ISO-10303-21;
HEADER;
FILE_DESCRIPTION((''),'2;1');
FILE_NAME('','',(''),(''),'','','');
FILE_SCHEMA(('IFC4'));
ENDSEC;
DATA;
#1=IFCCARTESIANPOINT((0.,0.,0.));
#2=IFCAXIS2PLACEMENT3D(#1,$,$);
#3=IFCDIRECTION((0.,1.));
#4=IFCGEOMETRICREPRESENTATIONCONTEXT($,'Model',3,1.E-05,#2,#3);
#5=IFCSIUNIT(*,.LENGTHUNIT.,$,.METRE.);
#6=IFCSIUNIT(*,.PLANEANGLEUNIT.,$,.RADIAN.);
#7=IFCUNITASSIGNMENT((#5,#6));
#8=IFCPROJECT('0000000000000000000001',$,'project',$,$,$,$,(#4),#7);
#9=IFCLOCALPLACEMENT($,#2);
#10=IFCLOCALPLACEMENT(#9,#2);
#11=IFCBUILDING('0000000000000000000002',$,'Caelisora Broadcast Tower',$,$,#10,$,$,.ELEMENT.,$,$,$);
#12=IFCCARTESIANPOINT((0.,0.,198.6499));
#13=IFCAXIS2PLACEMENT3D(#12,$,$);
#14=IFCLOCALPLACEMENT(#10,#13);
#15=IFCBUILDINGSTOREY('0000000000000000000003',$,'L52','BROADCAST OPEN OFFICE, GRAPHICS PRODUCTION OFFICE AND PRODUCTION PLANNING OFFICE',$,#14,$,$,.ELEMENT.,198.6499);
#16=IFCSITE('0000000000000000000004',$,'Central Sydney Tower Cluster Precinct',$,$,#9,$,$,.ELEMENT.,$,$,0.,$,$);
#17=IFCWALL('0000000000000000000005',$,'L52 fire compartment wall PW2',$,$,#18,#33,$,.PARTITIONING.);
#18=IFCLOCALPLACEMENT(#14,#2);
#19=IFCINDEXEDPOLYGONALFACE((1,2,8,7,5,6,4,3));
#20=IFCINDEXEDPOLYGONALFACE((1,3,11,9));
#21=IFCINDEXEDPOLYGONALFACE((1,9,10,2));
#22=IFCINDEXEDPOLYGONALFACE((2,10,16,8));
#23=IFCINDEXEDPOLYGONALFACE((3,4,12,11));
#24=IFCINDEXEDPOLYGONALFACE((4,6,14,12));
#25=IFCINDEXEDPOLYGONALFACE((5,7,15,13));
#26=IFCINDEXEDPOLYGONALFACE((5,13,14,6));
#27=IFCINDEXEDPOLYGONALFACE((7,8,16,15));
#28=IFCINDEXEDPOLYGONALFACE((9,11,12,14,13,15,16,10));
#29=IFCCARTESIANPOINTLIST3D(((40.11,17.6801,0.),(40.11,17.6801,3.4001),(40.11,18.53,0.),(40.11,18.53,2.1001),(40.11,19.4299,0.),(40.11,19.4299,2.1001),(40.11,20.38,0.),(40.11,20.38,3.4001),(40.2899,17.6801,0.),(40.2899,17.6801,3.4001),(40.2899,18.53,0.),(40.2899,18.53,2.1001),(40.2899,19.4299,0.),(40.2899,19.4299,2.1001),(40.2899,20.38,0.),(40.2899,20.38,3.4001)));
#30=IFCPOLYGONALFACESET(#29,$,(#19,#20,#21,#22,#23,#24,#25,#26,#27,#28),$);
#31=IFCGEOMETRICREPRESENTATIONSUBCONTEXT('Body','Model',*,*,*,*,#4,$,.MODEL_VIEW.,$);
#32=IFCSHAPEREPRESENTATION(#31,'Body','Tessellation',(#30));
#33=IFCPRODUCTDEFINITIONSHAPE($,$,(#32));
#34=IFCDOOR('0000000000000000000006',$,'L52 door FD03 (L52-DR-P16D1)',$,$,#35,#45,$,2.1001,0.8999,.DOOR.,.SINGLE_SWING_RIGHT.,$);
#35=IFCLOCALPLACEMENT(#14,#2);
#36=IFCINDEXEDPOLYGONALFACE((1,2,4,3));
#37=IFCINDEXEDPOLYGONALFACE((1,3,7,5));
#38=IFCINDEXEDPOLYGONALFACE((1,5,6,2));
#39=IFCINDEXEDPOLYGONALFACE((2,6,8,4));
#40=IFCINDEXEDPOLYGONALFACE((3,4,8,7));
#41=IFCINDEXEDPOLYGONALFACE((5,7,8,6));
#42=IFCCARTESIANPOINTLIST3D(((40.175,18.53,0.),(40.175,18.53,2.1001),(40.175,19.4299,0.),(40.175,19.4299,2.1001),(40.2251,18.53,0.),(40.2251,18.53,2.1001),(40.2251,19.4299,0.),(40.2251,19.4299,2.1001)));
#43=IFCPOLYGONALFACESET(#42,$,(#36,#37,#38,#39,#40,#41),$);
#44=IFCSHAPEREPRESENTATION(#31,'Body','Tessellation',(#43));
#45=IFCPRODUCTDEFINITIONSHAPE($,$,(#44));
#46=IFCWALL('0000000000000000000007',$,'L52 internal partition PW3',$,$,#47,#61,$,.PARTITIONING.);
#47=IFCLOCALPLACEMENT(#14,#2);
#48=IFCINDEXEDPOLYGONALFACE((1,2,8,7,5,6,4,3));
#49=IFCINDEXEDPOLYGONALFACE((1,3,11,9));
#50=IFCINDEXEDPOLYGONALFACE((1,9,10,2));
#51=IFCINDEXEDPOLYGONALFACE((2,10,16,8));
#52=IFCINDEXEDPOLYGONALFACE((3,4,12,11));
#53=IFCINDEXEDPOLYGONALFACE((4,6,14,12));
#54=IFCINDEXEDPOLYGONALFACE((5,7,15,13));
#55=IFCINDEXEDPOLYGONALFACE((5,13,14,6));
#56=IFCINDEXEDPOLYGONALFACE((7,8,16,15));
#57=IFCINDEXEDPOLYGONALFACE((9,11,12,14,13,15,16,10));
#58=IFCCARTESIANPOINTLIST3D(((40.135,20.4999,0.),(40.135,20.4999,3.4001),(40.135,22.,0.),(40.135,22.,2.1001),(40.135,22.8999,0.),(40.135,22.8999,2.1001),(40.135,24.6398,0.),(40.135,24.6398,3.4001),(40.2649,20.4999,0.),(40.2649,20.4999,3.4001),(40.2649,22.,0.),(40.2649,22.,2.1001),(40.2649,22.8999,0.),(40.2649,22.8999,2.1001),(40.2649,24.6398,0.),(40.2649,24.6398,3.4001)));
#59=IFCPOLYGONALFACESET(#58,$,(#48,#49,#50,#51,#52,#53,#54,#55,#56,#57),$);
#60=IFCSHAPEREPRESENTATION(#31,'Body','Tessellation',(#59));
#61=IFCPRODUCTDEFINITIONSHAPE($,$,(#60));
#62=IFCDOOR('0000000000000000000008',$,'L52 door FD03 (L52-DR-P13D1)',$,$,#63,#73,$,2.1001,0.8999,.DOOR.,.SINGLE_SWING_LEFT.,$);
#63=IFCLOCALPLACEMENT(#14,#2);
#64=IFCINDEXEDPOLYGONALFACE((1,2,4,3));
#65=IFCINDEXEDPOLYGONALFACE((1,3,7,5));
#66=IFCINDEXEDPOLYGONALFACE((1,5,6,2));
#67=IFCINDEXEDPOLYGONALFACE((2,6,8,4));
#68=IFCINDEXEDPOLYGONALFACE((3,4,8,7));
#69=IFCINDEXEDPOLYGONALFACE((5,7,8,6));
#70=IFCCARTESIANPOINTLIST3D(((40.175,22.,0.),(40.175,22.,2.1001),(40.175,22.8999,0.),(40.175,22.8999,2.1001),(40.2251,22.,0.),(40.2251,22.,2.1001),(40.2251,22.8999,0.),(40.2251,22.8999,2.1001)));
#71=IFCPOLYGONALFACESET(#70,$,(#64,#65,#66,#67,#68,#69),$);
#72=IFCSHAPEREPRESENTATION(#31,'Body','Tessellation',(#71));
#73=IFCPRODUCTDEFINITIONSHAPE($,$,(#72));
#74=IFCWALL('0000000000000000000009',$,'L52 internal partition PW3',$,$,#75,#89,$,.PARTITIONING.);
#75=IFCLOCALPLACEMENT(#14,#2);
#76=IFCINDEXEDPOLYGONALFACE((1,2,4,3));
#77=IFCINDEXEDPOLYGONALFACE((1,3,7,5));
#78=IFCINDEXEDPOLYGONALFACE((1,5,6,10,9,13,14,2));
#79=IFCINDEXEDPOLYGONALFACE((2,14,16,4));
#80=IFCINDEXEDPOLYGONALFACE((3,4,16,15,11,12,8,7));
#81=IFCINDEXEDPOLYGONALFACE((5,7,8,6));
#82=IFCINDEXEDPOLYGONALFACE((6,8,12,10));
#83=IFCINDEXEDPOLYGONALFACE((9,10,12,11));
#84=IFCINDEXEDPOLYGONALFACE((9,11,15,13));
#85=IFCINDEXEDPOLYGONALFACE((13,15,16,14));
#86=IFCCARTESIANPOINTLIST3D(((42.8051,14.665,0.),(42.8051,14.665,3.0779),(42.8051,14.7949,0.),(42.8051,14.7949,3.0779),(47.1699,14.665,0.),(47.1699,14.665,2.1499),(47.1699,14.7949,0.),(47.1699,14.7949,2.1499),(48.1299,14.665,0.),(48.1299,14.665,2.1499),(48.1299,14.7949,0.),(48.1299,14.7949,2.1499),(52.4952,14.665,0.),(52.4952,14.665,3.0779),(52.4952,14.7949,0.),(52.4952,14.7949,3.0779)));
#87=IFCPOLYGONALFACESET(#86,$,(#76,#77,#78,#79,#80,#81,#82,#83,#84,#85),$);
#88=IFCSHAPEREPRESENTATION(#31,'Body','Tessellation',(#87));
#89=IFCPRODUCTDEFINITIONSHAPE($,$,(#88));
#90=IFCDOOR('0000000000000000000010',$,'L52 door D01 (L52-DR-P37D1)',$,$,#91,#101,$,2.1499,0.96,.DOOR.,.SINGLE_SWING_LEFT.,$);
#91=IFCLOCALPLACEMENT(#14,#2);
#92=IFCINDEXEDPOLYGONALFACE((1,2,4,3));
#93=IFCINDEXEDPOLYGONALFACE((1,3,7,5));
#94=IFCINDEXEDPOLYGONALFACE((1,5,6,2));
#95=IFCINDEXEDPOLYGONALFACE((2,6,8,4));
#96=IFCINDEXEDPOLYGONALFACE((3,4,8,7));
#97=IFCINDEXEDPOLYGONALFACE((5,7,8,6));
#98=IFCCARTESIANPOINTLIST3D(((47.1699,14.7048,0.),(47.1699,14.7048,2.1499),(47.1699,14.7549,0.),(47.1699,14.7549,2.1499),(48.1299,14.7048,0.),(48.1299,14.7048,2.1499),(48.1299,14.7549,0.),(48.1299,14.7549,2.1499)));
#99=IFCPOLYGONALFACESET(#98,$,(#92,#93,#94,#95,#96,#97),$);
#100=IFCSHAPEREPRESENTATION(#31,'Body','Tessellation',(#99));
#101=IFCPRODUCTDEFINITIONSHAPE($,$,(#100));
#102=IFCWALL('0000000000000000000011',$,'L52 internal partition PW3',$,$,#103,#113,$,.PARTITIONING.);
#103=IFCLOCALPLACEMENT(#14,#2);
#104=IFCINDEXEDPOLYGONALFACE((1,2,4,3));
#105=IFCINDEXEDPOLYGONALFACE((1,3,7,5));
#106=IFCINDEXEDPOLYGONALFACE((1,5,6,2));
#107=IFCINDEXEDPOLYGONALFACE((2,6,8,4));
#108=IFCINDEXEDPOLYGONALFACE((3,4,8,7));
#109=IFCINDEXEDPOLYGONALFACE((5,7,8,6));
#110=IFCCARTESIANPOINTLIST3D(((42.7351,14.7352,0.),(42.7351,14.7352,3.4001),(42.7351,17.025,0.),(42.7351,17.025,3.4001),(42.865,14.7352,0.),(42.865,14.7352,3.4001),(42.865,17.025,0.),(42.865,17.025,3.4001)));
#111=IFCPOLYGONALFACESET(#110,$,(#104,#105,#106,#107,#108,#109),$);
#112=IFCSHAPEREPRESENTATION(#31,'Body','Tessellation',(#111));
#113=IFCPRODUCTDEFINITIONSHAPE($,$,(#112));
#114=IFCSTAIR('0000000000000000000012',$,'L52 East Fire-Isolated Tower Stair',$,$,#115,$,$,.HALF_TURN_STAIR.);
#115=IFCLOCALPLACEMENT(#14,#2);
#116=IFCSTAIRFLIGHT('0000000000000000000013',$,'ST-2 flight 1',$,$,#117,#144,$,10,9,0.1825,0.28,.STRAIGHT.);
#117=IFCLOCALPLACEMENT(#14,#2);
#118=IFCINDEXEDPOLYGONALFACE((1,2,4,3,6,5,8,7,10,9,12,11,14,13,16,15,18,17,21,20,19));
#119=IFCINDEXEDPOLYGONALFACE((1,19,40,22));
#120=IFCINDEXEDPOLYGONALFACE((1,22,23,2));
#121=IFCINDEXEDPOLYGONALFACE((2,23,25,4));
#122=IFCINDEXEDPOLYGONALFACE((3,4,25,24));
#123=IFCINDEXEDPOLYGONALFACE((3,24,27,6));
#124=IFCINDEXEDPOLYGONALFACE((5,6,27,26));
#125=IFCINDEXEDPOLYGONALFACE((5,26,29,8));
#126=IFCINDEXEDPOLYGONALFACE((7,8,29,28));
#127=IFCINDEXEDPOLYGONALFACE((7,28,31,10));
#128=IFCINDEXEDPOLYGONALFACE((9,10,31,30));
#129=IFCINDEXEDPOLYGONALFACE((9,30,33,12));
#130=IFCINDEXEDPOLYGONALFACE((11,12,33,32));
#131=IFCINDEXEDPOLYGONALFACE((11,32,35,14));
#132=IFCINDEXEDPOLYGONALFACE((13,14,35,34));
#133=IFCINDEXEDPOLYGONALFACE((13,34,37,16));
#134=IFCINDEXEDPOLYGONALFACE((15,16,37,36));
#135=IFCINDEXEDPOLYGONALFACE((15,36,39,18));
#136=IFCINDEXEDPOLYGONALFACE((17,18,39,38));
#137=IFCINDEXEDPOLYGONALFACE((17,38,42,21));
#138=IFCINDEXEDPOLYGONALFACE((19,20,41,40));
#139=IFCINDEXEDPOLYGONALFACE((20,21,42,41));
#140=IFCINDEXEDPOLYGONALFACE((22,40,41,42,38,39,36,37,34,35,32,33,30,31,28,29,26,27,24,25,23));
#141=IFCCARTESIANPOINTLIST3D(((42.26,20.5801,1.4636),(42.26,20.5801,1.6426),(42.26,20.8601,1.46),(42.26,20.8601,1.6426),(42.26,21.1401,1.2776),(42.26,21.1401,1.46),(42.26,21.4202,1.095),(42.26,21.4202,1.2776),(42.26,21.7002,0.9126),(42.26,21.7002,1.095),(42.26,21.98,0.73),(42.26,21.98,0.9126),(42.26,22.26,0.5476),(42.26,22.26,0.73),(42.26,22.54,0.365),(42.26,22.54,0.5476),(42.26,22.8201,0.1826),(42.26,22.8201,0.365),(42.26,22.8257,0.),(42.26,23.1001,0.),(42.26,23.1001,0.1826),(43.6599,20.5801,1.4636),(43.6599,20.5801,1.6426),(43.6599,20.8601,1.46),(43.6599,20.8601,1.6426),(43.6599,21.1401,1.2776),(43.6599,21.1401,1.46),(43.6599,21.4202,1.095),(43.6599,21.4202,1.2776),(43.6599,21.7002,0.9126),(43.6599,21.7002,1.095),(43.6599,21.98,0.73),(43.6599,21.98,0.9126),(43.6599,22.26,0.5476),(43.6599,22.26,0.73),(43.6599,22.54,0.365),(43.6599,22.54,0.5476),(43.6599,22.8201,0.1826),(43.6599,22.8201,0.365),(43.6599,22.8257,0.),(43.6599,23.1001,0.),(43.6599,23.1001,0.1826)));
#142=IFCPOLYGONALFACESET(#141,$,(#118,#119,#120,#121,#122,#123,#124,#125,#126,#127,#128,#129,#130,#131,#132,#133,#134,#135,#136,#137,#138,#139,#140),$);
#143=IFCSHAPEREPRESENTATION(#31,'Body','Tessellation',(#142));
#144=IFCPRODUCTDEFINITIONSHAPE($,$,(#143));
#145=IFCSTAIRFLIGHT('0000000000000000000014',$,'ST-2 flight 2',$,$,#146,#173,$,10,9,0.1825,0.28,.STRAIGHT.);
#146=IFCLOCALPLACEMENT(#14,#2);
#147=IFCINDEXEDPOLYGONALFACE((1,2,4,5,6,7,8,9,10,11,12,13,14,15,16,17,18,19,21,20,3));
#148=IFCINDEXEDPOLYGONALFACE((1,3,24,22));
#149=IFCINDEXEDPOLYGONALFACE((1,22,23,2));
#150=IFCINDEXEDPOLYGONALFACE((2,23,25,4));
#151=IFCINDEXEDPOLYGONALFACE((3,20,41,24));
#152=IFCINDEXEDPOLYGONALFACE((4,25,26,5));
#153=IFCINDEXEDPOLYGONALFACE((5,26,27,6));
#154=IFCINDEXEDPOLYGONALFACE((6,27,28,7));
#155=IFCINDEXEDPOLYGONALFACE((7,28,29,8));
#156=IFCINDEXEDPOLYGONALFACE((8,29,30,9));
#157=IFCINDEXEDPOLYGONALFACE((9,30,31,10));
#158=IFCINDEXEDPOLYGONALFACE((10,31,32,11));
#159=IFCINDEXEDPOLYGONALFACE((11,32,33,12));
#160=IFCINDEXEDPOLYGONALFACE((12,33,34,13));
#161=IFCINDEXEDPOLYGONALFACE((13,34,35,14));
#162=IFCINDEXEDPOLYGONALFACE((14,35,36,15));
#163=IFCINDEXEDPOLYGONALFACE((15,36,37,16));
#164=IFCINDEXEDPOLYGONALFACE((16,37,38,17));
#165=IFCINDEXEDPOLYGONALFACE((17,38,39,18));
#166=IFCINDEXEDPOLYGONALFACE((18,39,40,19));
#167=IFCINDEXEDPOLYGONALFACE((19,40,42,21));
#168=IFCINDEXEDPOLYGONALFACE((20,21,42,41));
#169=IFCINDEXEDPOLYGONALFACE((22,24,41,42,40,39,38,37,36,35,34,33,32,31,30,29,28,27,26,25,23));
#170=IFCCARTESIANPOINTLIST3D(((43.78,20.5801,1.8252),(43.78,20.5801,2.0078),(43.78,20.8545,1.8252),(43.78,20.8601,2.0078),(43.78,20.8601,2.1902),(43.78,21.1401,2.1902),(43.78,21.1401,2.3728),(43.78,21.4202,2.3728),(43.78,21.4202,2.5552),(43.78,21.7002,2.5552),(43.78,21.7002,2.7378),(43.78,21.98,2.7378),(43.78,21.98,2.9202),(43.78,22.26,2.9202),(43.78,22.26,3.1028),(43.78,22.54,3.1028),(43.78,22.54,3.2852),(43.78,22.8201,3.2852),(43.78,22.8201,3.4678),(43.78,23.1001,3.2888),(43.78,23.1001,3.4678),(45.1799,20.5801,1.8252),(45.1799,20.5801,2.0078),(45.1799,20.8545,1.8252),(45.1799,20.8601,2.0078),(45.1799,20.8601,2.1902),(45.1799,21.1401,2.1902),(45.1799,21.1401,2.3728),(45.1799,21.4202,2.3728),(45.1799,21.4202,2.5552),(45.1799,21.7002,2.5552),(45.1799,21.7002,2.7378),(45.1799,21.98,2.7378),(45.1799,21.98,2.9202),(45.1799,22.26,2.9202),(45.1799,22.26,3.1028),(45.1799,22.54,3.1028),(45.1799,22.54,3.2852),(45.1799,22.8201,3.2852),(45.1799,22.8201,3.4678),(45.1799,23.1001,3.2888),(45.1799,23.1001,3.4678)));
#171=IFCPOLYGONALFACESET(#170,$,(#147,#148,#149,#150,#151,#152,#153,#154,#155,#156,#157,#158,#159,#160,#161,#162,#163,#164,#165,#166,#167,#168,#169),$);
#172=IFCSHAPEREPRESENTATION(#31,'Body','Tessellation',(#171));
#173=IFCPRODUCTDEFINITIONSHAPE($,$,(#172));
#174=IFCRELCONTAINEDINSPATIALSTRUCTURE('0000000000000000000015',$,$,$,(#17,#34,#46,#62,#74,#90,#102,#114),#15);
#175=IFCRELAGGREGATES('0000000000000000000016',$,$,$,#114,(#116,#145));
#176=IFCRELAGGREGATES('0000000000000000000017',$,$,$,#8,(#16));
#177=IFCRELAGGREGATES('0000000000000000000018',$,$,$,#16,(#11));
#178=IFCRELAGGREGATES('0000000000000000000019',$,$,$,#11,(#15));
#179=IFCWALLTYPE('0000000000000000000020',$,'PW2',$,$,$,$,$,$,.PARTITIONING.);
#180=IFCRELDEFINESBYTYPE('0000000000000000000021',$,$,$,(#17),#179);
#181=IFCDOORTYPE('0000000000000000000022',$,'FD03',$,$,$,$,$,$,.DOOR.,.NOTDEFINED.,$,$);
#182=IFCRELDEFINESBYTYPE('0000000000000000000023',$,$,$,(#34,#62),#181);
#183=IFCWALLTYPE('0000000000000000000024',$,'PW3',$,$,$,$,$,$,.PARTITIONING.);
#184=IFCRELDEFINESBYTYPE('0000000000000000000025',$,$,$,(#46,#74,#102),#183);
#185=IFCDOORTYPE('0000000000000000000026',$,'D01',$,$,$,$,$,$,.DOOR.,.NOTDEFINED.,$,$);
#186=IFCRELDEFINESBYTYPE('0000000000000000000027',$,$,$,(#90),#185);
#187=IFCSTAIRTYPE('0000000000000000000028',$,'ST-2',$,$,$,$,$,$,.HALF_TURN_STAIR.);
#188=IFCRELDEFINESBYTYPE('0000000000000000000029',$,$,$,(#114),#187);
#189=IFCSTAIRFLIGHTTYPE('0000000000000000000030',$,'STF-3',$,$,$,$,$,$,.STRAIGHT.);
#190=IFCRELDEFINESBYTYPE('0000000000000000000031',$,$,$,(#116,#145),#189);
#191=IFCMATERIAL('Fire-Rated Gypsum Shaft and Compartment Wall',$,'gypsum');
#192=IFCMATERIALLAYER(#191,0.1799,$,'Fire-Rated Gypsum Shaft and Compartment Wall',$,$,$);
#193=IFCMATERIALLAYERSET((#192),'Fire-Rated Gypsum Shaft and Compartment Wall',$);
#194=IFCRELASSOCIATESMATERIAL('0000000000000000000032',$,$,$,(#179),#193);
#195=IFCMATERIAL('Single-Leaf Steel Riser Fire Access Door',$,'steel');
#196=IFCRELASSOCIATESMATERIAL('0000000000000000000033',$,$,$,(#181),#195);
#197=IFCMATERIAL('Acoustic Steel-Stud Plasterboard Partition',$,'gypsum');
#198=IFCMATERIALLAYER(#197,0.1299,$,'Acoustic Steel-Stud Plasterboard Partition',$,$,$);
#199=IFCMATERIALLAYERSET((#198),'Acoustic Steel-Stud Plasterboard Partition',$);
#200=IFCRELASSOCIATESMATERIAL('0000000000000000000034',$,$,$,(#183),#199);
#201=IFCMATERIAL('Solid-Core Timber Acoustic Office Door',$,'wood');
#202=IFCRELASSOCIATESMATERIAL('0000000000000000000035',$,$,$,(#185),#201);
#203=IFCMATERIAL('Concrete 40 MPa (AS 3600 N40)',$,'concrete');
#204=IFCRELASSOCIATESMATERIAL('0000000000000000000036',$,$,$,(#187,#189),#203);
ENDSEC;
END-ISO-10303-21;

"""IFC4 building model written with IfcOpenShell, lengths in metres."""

from ifc_helpers import new_model, si_unit, direction, frame, frame_2d, origin, place, context, subcontext, project, spatial, polyline, rectangle, outline, extrude, material, layer, layer_set, type_object, element, fill, aggregate, save


model = new_model("IFC4")

# Units and contexts
model_context = context("Model", 3, precision=1e-05, world=origin(), true_north=direction((0.0, 1.0)))
body_context = subcontext(model_context, "Body", "Model", "MODEL_VIEW")
ifc_project = project(units=[si_unit("LENGTHUNIT", "METRE"), si_unit("PLANEANGLEUNIT", "RADIAN")], contexts=[model_context])

# Site, building, storey
site_placement = place(None, origin())
site = spatial("IfcSite", under=ifc_project, at=site_placement, Name="Central Sydney Tower Cluster Precinct", CompositionType="ELEMENT", RefElevation=0.0)
building_placement = place(site_placement, origin())
building = spatial("IfcBuilding", under=site, at=building_placement, Name="Caelisora Broadcast Tower", CompositionType="ELEMENT")
storey_placement = place(building_placement, frame((0.0, 0.0, 198.6499)))
storey = spatial("IfcBuildingStorey", under=building, at=storey_placement, Name="L52", Description="BROADCAST OPEN OFFICE, GRAPHICS PRODUCTION OFFICE AND PRODUCTION PLANNING OFFICE", CompositionType="ELEMENT", Elevation=198.6499)

# Shared definitions
ifc_material_1 = material(Name="Fire-Rated Gypsum Shaft and Compartment Wall", Category="gypsum")
ifc_layer_1 = layer(ifc_material_1, 0.1799, Name="Fire-Rated Gypsum Shaft and Compartment Wall")
ifc_layer_set_1 = layer_set([ifc_layer_1], Name="Fire-Rated Gypsum Shaft and Compartment Wall")
wall_type_1 = type_object("IfcWallType", Name="PW2", PredefinedType="PARTITIONING", material=ifc_layer_set_1)

# Shared definitions
ifc_material_2 = material(Name="Single-Leaf Steel Riser Fire Access Door", Category="steel")
door_type_1 = type_object("IfcDoorType", Name="FD03", OperationType="NOTDEFINED", PredefinedType="DOOR", material=ifc_material_2)

# Wall, opening, door
wall_1_placement = place(storey_placement, frame((40.2, 17.6799, 0.0), z_axis=(0.0, 0.0, 1.0), x_axis=(0.0, 1.0, 0.0)))
wall_1 = element("IfcWall", 1, at=wall_1_placement, inside=storey, type_object=wall_type_1, Name="L52 fire compartment wall PW2", PredefinedType="PARTITIONING", context=body_context, shape_type="SweptSolid", body=[
    extrude(rectangle(XDim=2.7, YDim=0.1799, at=frame_2d((1.3501, 0.0))), origin(), (0.0, 0.0, 1.0), 3.4001),
])
opening_1_placement = place(wall_1_placement, frame((0.8501, 0.0, 0.0)))
opening_1 = element("IfcOpeningElement", 2, at=opening_1_placement, cuts=wall_1, PredefinedType="OPENING", context=body_context, shape_type="SweptSolid", body=[
    extrude(rectangle(XDim=0.8999, YDim=2.1001, at=frame_2d((0.45, 1.05))), frame((0.0, 0.1021, 0.0), z_axis=(0.0, -1.0, 0.0), x_axis=(1.0, 0.0, 0.0)), (0.0, 0.0, 1.0), 0.2039),
])
door_1_placement = place(opening_1_placement, origin())
door_1 = element("IfcDoor", 3, at=door_1_placement, inside=storey, type_object=door_type_1, Name="L52 door FD03 (L52-DR-P16D1)", OperationType="SINGLE_SWING_RIGHT", OverallHeight=2.1001, OverallWidth=0.8999, PredefinedType="DOOR", context=body_context, shape_type="SweptSolid", body=[
    extrude(rectangle(XDim=0.8999, YDim=2.1001, at=frame_2d((0.45, 1.05))), frame((0.0, 0.0249, 0.0), z_axis=(0.0, -1.0, 0.0), x_axis=(1.0, 0.0, 0.0)), (0.0, 0.0, 1.0), 0.05),
])
fill(opening_1, door_1)

# Shared definitions
ifc_material_3 = material(Name="Acoustic Steel-Stud Plasterboard Partition", Category="gypsum")
ifc_layer_2 = layer(ifc_material_3, 0.1299, Name="Acoustic Steel-Stud Plasterboard Partition")
ifc_layer_set_2 = layer_set([ifc_layer_2], Name="Acoustic Steel-Stud Plasterboard Partition")
wall_type_2 = type_object("IfcWallType", Name="PW3", PredefinedType="PARTITIONING", material=ifc_layer_set_2)

# Walls, openings, doors
wall_2_placement = place(storey_placement, frame((40.2, 20.5, 0.0), z_axis=(0.0, 0.0, 1.0), x_axis=(0.0, 1.0, 0.0)))
wall_2 = element("IfcWall", 4, at=wall_2_placement, inside=storey, type_object=wall_type_2, Name="L52 internal partition PW3", PredefinedType="PARTITIONING", context=body_context, shape_type="SweptSolid", body=[
    extrude(rectangle(XDim=4.1399, YDim=0.1299, at=frame_2d((2.0698, 0.0))), origin(), (0.0, 0.0, 1.0), 3.4001),
])
opening_2_placement = place(wall_2_placement, frame((1.5, 0.0, 0.0)))
opening_2 = element("IfcOpeningElement", 5, at=opening_2_placement, cuts=wall_2, PredefinedType="OPENING", context=body_context, shape_type="SweptSolid", body=[
    extrude(rectangle(XDim=0.8999, YDim=2.1001, at=frame_2d((0.45, 1.05))), frame((0.0, 0.0769, 0.0), z_axis=(0.0, -1.0, 0.0), x_axis=(1.0, 0.0, 0.0)), (0.0, 0.0, 1.0), 0.1538),
])
door_2_placement = place(opening_2_placement, origin())
door_2 = element("IfcDoor", 6, at=door_2_placement, inside=storey, type_object=door_type_1, Name="L52 door FD03 (L52-DR-P13D1)", OperationType="SINGLE_SWING_LEFT", OverallHeight=2.1001, OverallWidth=0.8999, PredefinedType="DOOR", context=body_context, shape_type="SweptSolid", body=[
    extrude(rectangle(XDim=0.8999, YDim=2.1001, at=frame_2d((0.45, 1.05))), frame((0.0, 0.0249, 0.0), z_axis=(0.0, -1.0, 0.0), x_axis=(1.0, 0.0, 0.0)), (0.0, 0.0, 1.0), 0.05),
])
fill(opening_2, door_2)
wall_3_placement = place(storey_placement, frame((42.8049, 14.73, 0.0), z_axis=(0.0, 0.0, 1.0), x_axis=(1.0, 0.0, 0.0)))
wall_3 = element("IfcWall", 7, at=wall_3_placement, inside=storey, type_object=wall_type_2, Name="L52 internal partition PW3", PredefinedType="PARTITIONING", context=body_context, shape_type="SweptSolid", body=[
    extrude(rectangle(XDim=9.6902, YDim=0.1299, at=frame_2d((4.8452, 0.0))), origin(), (0.0, 0.0, 1.0), 3.0779),
])
opening_3_placement = place(wall_3_placement, frame((4.365, 0.0, 0.0)))
opening_3 = element("IfcOpeningElement", 8, at=opening_3_placement, cuts=wall_3, PredefinedType="OPENING", context=body_context, shape_type="SweptSolid", body=[
    extrude(rectangle(XDim=0.96, YDim=2.1499, at=frame_2d((0.48, 1.075))), frame((0.0, 0.0769, 0.0), z_axis=(0.0, -1.0, 0.0), x_axis=(1.0, 0.0, 0.0)), (0.0, 0.0, 1.0), 0.1538),
])
ifc_material_4 = material(Name="Solid-Core Timber Acoustic Office Door", Category="wood")
door_type_2 = type_object("IfcDoorType", Name="D01", OperationType="NOTDEFINED", PredefinedType="DOOR", material=ifc_material_4)
door_3_placement = place(opening_3_placement, origin())
door_3 = element("IfcDoor", 9, at=door_3_placement, inside=storey, type_object=door_type_2, Name="L52 door D01 (L52-DR-P37D1)", OperationType="SINGLE_SWING_LEFT", OverallHeight=2.1499, OverallWidth=0.96, PredefinedType="DOOR", context=body_context, shape_type="SweptSolid", body=[
    extrude(rectangle(XDim=0.96, YDim=2.1499, at=frame_2d((0.48, 1.075))), frame((0.0, 0.0249, 0.0), z_axis=(0.0, -1.0, 0.0), x_axis=(1.0, 0.0, 0.0)), (0.0, 0.0, 1.0), 0.05),
])
fill(opening_3, door_3)

# Wall
wall_4_placement = place(storey_placement, frame((42.8, 14.7351, 0.0), z_axis=(0.0, 0.0, 1.0), x_axis=(0.0, 1.0, 0.0)))
element("IfcWall", 10, at=wall_4_placement, inside=storey, type_object=wall_type_2, Name="L52 internal partition PW3", PredefinedType="PARTITIONING", context=body_context, shape_type="SweptSolid", body=[
    extrude(rectangle(XDim=2.2898, YDim=0.1299, at=frame_2d((1.145, 0.0))), origin(), (0.0, 0.0, 1.0), 3.4001),
])

# Stair, stair flights
ifc_material_5 = material(Name="Concrete 40 MPa (AS 3600 N40)", Category="concrete")
stair_type = type_object("IfcStairType", Name="ST-2", PredefinedType="HALF_TURN_STAIR", material=ifc_material_5)
stair_placement = place(storey_placement, origin())
stair = element("IfcStair", 11, at=stair_placement, inside=storey, type_object=stair_type, Name="L52 East Fire-Isolated Tower Stair", PredefinedType="HALF_TURN_STAIR")
stair_flight_type = type_object("IfcStairFlightType", Name="STF-3", PredefinedType="STRAIGHT", material=ifc_material_5)
stair_flight_1_placement = place(storey_placement, frame((42.96, 23.1001, 0.0), z_axis=(0.0, 0.0, 1.0), x_axis=(0.0, -1.0, 0.0)))
stair_flight_1 = element("IfcStairFlight", 12, at=stair_flight_1_placement, type_object=stair_flight_type, Name="ST-2 flight 1", NumberOfRisers=10, NumberOfTreads=9, PredefinedType="STRAIGHT", RiserHeight=0.1825, TreadLength=0.28, context=body_context, shape_type="SweptSolid", body=[
    extrude(outline(polyline([(0.0, 0.0), (0.0, 0.1826), (0.28, 0.1826), (0.28, 0.365), (0.5601, 0.365), (0.5601, 0.5476), (0.8401, 0.5476), (0.8401, 0.73), (1.1201, 0.73), (1.1201, 0.9126), (1.3999, 0.9126), (1.3999, 1.095), (1.6799, 1.095), (1.6799, 1.2776), (1.96, 1.2776), (1.96, 1.46), (2.24, 1.46), (2.24, 1.6426), (2.52, 1.6426), (2.52, 1.825), (2.52, 1.4636), (0.2744, 0.0), (0.0, 0.0)])), frame((0.0, 0.7, 0.0), z_axis=(0.0, -1.0, 0.0), x_axis=(1.0, 0.0, 0.0)), (0.0, 0.0, 1.0), 1.3999),
])
stair_flight_2_placement = place(storey_placement, frame((44.48, 20.5801, 1.8252), z_axis=(0.0, 0.0, 1.0), x_axis=(0.0, 1.0, 0.0)))
stair_flight_2 = element("IfcStairFlight", 13, at=stair_flight_2_placement, type_object=stair_flight_type, Name="ST-2 flight 2", NumberOfRisers=10, NumberOfTreads=9, PredefinedType="STRAIGHT", RiserHeight=0.1825, TreadLength=0.28, context=body_context, shape_type="SweptSolid", body=[
    extrude(outline(polyline([(0.0, 0.0), (0.0, 0.1826), (0.28, 0.1826), (0.28, 0.365), (0.5601, 0.365), (0.5601, 0.5476), (0.8401, 0.5476), (0.8401, 0.73), (1.1201, 0.73), (1.1201, 0.9126), (1.3999, 0.9126), (1.3999, 1.095), (1.6799, 1.095), (1.6799, 1.2776), (1.96, 1.2776), (1.96, 1.46), (2.24, 1.46), (2.24, 1.6426), (2.52, 1.6426), (2.52, 1.825), (2.52, 1.4636), (0.2744, 0.0), (0.0, 0.0)])), frame((0.0, 0.7, 0.0), z_axis=(0.0, -1.0, 0.0), x_axis=(1.0, 0.0, 0.0)), (0.0, 0.0, 1.0), 1.3999),
])
aggregate(stair, [stair_flight_1, stair_flight_2])

save(model, "model.ifc")
